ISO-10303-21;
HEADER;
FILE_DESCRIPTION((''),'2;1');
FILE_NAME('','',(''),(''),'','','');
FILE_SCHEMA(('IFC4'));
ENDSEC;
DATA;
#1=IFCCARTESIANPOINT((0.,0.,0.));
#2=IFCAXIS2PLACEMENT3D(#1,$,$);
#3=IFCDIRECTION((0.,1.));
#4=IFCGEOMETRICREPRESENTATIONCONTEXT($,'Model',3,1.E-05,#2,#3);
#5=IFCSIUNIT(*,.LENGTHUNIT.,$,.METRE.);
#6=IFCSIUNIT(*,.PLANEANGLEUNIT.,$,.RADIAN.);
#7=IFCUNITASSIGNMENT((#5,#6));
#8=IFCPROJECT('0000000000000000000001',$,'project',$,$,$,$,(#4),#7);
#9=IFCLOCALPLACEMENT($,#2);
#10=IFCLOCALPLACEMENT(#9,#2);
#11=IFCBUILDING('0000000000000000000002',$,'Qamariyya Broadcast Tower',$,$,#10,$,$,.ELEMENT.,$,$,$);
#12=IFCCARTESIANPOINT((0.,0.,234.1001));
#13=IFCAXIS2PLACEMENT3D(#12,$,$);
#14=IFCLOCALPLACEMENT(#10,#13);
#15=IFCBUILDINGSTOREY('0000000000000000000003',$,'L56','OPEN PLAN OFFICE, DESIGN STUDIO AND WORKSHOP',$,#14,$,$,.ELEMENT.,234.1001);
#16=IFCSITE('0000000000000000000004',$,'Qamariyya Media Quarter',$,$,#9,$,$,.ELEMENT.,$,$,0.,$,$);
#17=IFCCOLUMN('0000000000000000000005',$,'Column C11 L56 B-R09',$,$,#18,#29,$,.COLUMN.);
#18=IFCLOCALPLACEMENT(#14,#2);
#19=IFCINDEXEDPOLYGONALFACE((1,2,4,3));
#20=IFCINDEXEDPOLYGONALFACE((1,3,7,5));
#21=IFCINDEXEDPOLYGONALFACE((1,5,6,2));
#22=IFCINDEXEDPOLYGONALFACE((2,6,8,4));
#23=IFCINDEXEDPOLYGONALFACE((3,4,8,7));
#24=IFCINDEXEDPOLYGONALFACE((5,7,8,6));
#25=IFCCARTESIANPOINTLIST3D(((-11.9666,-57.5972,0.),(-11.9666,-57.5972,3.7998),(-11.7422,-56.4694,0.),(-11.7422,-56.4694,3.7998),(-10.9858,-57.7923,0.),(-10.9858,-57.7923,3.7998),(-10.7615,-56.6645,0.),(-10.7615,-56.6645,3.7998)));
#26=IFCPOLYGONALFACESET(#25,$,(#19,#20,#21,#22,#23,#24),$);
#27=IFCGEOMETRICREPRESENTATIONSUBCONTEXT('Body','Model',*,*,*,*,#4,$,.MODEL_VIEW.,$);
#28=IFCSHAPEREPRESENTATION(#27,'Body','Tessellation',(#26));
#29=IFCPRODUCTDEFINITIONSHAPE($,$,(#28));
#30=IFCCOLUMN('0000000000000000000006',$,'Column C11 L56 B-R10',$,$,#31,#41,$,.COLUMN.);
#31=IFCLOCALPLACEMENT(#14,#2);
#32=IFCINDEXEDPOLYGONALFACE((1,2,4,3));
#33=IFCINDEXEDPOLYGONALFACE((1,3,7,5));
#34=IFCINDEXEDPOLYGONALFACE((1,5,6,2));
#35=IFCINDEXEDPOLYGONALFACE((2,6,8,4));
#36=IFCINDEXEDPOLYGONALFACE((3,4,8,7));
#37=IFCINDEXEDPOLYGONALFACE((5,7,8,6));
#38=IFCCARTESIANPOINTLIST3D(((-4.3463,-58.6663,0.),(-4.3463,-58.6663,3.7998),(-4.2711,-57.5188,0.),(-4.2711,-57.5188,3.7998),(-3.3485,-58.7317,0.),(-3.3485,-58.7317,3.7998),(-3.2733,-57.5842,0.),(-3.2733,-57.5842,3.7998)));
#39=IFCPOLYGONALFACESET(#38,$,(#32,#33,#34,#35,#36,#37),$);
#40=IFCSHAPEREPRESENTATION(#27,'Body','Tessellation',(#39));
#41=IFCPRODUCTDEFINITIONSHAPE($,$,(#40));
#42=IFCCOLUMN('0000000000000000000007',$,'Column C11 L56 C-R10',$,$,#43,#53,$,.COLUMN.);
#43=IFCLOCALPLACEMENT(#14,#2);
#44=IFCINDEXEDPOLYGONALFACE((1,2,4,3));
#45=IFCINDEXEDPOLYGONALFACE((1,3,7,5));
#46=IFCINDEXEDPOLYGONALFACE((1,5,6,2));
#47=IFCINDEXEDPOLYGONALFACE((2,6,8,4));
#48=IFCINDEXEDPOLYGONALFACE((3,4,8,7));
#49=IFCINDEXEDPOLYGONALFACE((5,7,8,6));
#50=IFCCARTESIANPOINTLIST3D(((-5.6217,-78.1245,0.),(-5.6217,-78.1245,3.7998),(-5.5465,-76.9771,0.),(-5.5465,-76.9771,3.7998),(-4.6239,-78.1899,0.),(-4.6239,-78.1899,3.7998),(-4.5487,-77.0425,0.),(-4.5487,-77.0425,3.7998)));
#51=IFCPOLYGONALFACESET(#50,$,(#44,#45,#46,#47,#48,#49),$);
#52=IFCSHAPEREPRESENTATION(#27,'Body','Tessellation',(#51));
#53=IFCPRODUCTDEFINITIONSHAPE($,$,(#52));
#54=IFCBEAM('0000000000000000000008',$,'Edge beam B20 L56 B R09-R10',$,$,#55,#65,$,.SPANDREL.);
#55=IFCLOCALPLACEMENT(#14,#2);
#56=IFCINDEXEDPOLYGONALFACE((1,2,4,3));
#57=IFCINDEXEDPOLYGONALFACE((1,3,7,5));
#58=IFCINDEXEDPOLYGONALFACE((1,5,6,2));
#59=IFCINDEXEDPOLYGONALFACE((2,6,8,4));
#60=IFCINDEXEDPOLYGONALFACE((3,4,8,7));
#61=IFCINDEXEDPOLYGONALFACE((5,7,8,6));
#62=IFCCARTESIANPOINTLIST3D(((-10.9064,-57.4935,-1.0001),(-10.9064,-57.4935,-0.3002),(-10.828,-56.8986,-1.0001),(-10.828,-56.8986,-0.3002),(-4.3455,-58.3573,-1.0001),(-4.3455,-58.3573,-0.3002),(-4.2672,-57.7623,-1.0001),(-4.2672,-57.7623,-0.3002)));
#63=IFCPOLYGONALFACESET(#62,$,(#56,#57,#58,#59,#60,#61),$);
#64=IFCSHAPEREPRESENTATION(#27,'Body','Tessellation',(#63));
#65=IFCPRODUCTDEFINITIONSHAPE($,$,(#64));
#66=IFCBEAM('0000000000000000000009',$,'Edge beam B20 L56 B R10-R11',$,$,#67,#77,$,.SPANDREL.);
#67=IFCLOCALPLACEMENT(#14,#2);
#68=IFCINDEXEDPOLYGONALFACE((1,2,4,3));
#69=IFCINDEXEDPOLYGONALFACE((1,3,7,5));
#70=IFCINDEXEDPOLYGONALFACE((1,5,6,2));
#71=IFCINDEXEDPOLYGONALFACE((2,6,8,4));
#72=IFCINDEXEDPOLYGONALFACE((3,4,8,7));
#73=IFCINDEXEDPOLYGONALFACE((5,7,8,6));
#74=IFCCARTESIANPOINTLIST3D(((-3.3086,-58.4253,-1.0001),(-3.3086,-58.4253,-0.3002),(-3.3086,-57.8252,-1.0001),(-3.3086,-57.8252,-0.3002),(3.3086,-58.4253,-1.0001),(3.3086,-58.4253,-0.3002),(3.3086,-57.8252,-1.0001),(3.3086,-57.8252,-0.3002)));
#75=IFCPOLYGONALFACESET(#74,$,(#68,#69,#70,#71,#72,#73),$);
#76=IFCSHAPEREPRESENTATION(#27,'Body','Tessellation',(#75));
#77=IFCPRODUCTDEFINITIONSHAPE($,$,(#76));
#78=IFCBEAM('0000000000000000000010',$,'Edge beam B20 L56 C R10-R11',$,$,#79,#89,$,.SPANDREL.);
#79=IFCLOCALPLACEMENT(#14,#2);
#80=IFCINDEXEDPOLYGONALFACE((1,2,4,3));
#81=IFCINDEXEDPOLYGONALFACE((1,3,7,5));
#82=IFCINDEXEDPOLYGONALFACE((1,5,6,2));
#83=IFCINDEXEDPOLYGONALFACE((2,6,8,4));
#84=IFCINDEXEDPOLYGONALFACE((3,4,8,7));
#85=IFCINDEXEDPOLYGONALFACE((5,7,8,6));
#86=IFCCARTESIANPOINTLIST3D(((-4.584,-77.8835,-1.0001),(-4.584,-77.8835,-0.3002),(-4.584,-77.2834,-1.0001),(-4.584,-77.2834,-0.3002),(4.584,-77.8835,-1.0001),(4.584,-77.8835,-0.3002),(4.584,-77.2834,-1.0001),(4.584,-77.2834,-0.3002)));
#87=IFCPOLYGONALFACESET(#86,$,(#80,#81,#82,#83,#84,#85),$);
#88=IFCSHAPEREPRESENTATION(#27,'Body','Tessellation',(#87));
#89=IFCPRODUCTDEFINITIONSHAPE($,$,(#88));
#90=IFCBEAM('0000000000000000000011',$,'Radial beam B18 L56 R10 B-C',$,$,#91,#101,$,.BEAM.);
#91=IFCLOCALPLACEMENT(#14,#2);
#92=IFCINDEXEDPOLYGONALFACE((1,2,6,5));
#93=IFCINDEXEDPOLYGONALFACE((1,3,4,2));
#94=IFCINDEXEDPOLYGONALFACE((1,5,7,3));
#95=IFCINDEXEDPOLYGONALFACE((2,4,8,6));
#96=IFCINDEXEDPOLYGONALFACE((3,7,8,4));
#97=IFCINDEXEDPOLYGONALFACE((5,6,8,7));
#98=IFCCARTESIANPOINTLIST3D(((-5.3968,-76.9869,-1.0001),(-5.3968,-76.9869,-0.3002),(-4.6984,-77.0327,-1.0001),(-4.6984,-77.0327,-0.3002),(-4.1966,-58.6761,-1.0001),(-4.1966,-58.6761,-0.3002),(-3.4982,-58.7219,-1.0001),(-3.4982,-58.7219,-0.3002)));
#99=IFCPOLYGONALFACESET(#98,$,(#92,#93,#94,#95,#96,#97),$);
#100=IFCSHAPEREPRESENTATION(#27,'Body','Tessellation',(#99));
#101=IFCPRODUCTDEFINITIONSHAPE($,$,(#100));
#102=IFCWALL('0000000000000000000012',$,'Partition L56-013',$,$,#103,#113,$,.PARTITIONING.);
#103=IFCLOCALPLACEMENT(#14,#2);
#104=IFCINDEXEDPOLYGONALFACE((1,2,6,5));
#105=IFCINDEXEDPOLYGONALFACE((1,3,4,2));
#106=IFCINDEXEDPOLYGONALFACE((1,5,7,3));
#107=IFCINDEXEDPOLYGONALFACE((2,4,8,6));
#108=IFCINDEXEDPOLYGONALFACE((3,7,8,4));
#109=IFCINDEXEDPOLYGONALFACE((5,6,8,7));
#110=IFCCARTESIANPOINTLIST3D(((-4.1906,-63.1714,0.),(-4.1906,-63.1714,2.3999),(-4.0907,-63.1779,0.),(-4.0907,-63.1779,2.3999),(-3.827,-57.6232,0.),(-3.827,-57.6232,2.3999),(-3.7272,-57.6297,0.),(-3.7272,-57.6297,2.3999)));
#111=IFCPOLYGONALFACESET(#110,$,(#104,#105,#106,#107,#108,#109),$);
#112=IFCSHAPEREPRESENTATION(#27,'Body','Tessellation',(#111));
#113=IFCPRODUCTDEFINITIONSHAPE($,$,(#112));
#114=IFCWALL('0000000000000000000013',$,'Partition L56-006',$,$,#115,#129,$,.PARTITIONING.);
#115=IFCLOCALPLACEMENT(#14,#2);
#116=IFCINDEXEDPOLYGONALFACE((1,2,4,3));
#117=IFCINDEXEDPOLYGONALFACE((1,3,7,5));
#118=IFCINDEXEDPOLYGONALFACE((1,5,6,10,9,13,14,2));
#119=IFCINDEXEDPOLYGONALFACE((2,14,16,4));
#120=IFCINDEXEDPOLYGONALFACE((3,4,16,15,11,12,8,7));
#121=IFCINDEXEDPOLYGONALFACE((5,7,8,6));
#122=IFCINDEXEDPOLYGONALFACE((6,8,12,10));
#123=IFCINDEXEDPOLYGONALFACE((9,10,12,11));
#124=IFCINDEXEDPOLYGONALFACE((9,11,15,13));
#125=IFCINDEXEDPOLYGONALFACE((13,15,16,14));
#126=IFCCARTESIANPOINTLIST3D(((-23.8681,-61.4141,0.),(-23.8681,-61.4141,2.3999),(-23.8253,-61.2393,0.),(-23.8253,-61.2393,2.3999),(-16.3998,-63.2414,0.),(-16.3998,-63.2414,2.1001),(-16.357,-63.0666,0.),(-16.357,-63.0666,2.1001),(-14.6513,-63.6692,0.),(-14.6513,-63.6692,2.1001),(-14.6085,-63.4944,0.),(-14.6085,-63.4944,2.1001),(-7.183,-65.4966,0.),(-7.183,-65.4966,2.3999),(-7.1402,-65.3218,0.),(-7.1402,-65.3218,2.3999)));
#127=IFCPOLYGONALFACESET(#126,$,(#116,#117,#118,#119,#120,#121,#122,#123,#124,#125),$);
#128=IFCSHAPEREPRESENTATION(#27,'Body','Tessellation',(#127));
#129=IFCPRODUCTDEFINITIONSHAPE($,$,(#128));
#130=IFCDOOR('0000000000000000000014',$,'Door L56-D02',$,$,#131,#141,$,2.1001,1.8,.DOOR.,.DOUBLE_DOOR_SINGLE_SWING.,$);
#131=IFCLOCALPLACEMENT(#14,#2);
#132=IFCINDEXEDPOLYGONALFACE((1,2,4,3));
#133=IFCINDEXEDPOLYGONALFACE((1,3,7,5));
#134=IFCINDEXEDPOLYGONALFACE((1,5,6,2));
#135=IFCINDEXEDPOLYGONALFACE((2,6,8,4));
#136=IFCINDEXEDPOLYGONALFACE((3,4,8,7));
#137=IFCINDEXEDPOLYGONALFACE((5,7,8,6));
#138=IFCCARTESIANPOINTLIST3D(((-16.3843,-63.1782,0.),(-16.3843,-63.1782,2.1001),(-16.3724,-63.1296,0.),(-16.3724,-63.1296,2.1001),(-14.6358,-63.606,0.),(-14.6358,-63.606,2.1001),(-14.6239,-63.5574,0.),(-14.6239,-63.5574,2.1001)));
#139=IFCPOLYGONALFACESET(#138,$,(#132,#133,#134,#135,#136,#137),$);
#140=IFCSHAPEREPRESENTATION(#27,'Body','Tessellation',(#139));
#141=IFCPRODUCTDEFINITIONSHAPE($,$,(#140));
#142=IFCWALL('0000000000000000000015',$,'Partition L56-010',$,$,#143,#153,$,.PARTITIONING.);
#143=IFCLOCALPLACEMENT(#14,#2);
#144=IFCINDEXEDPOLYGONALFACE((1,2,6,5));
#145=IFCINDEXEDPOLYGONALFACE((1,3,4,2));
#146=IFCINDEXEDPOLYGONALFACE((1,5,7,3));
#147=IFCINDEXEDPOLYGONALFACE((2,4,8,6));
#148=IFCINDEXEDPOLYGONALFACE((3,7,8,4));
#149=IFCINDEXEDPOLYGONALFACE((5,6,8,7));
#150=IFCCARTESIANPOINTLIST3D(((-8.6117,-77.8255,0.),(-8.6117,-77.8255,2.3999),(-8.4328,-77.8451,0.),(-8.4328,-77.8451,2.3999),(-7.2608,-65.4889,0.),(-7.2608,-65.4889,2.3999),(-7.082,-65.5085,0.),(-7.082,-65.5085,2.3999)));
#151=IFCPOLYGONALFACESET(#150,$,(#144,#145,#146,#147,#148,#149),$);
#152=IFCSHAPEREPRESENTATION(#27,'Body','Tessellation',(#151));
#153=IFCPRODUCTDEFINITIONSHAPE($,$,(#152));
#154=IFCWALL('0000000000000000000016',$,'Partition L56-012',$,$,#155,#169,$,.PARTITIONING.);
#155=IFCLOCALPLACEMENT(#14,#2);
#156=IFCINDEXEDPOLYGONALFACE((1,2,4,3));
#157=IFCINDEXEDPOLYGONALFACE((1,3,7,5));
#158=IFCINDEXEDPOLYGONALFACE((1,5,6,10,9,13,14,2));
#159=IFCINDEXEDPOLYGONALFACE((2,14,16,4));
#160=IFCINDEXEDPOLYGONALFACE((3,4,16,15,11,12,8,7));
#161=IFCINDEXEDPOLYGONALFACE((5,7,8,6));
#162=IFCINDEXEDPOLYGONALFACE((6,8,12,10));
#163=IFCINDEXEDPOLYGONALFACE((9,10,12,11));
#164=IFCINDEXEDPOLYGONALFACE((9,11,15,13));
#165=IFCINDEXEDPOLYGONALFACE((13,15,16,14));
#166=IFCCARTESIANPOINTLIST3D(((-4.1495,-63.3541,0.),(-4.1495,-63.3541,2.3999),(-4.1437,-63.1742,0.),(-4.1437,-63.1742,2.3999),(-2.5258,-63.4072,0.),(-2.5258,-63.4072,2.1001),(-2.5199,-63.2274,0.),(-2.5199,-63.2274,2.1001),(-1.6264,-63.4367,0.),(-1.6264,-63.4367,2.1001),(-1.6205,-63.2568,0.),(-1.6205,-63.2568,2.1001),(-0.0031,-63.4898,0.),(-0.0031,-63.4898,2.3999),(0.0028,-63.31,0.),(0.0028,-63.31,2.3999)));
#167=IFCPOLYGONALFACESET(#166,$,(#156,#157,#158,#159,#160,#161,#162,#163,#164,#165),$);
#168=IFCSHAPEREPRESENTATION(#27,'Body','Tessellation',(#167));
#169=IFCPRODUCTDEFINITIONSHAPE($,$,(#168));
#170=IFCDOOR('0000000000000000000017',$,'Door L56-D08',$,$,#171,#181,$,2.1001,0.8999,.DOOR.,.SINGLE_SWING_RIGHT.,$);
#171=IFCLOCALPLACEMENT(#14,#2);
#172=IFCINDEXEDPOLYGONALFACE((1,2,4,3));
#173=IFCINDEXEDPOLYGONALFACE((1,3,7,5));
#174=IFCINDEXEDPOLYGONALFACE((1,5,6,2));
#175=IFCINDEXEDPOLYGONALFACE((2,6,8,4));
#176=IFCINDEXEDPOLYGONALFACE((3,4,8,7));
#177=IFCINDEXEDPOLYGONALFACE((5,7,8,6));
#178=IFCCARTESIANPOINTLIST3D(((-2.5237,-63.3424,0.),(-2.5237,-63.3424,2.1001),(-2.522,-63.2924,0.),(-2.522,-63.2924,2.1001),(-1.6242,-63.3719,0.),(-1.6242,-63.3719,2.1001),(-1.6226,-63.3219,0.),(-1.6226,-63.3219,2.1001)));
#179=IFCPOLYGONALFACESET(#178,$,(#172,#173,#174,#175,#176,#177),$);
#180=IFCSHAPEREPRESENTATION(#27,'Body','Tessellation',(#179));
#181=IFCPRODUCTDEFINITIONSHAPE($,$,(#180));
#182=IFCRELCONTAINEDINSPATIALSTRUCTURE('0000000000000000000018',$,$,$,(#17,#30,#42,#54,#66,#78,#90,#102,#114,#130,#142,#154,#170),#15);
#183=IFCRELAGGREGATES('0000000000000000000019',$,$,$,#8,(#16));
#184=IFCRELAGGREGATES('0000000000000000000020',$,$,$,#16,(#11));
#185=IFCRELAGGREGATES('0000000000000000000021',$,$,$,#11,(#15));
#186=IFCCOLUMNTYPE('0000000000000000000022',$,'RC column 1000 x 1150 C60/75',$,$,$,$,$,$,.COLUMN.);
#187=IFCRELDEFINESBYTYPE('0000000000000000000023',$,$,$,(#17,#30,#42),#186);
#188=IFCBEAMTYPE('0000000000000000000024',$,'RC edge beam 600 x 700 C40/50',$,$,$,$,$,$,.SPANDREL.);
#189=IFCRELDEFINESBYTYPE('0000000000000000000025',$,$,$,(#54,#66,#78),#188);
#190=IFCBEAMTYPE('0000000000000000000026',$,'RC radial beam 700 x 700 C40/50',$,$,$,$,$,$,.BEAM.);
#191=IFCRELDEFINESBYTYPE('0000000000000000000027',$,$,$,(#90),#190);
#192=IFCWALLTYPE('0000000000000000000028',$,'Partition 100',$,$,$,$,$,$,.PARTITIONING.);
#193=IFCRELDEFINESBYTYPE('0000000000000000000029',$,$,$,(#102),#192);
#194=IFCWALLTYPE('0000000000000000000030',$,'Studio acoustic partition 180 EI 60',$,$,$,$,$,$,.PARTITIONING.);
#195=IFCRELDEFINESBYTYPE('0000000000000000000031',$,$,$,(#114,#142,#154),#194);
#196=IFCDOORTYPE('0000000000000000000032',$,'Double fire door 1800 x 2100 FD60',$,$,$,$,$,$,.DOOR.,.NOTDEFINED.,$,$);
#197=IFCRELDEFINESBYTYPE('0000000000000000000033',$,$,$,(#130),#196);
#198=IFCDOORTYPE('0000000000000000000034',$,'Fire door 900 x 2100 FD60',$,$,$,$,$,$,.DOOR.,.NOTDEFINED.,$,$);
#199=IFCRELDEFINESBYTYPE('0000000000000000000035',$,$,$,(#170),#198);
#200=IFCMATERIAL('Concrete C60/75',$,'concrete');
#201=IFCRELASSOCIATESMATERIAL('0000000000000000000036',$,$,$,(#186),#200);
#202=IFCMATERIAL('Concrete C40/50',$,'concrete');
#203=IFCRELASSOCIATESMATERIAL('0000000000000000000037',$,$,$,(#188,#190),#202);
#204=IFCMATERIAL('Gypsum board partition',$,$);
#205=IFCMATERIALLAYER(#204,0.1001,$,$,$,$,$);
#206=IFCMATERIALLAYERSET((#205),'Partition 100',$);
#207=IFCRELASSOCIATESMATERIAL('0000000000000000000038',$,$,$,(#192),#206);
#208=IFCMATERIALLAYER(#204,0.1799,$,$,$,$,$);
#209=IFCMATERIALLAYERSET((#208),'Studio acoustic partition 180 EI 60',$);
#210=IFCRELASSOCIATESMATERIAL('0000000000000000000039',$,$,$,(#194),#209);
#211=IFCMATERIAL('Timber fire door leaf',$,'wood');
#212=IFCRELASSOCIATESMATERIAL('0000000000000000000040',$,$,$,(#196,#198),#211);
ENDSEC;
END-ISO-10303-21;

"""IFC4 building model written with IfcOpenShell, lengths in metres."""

from ifc_helpers import new_model, si_unit, direction, frame, frame_2d, origin, origin_2d, place, context, subcontext, project, spatial, rectangle, extrude, material, layer, layer_set, material_profile, profile_set, type_object, element, fill, save


model = new_model("IFC4")

# Units and contexts
model_context = context("Model", 3, precision=1e-05, world=origin(), true_north=direction((0.0, 1.0)))
body_context = subcontext(model_context, "Body", "Model", "MODEL_VIEW")
ifc_project = project(units=[si_unit("LENGTHUNIT", "METRE"), si_unit("PLANEANGLEUNIT", "RADIAN")], contexts=[model_context])

# Site, building, storey
site_placement = place(None, origin())
site = spatial("IfcSite", under=ifc_project, at=site_placement, Name="Qamariyya Media Quarter", CompositionType="ELEMENT", RefElevation=0.0)
building_placement = place(site_placement, origin())
building = spatial("IfcBuilding", under=site, at=building_placement, Name="Qamariyya Broadcast Tower", CompositionType="ELEMENT")
storey_placement = place(building_placement, frame((0.0, 0.0, 234.1001)))
storey = spatial("IfcBuildingStorey", under=building, at=storey_placement, Name="L56", Description="OPEN PLAN OFFICE, DESIGN STUDIO AND WORKSHOP", CompositionType="ELEMENT", Elevation=234.1001)

# Columns
ifc_material_1 = material(Name="Concrete C60/75", Category="concrete")
ifc_material_profile_1 = material_profile(ifc_material_1, rectangle(XDim=1.0, YDim=1.1499, at=origin_2d()))
ifc_profile_set_1 = profile_set([ifc_material_profile_1], Name="Concrete C60/75")
column_type = type_object("IfcColumnType", Name="RC column 1000 x 1150 C60/75", PredefinedType="COLUMN", material=ifc_profile_set_1)
for number, where, z_axis, x_axis, name in (
    (1, (-11.364, -57.1309, 0.0), (0.0, 0.0, 1.0), (0.980785, -0.19509, 0.0), "Column C11 L56 B-R09"),
    (2, (-3.8098, -58.1252, 0.0), (0.0, 0.0, 1.0), (0.997859, -0.065403, 0.0), "Column C11 L56 B-R10"),
    (3, (-5.0852, -77.5835, 0.0), (0.0, 0.0, 1.0), (0.997859, -0.065403, 0.0), "Column C11 L56 C-R10"),
):
    element("IfcColumn", number, at=place(storey_placement, frame(where, z_axis=z_axis, x_axis=x_axis)), inside=storey, type_object=column_type, Name=name, PredefinedType="COLUMN", context=body_context, shape_type="SweptSolid", body=[
        extrude(rectangle(XDim=1.0, YDim=1.1499, at=origin_2d()), origin(), (0.0, 0.0, 1.0), 3.7998),
    ])

# Beams
ifc_material_2 = material(Name="Concrete C40/50", Category="concrete")
ifc_material_profile_2 = material_profile(ifc_material_2, rectangle(XDim=0.6001, YDim=0.7, at=origin_2d()))
ifc_profile_set_2 = profile_set([ifc_material_profile_2], Name="Concrete C40/50")
beam_type_1 = type_object("IfcBeamType", Name="RC edge beam 600 x 700 C40/50", PredefinedType="SPANDREL", material=ifc_profile_set_2)
beam_1_placement = place(storey_placement, frame((-10.8672, -57.196, -0.6501), z_axis=(0.991444, -0.13053, 0.0), x_axis=(0.13053, 0.991444, 0.0)))
element("IfcBeam", 4, at=beam_1_placement, inside=storey, type_object=beam_type_1, Name="Edge beam B20 L56 B R09-R10", PredefinedType="SPANDREL", context=body_context, shape_type="SweptSolid", body=[
    extrude(rectangle(XDim=0.6001, YDim=0.7, at=origin_2d()), origin(), (0.0, 0.0, 1.0), 6.6174),
])
beam_2_placement = place(storey_placement, frame((-3.3086, -58.1252, -0.6501), z_axis=(1.0, 0.0, 0.0), x_axis=(0.0, 1.0, 0.0)))
element("IfcBeam", 5, at=beam_2_placement, inside=storey, type_object=beam_type_1, Name="Edge beam B20 L56 B R10-R11", PredefinedType="SPANDREL", context=body_context, shape_type="SweptSolid", body=[
    extrude(rectangle(XDim=0.6001, YDim=0.7, at=origin_2d()), origin(), (0.0, 0.0, 1.0), 6.6172),
])
beam_3_placement = place(storey_placement, frame((-4.584, -77.5835, -0.6501), z_axis=(1.0, 0.0, 0.0), x_axis=(0.0, 1.0, 0.0)))
element("IfcBeam", 6, at=beam_3_placement, inside=storey, type_object=beam_type_1, Name="Edge beam B20 L56 C R10-R11", PredefinedType="SPANDREL", context=body_context, shape_type="SweptSolid", body=[
    extrude(rectangle(XDim=0.6001, YDim=0.7, at=origin_2d()), origin(), (0.0, 0.0, 1.0), 9.168),
])
ifc_material_profile_3 = material_profile(ifc_material_2, rectangle(XDim=0.7, YDim=0.7, at=origin_2d()))
ifc_profile_set_3 = profile_set([ifc_material_profile_3], Name="Concrete C40/50")
beam_type_2 = type_object("IfcBeamType", Name="RC radial beam 700 x 700 C40/50", PredefinedType="BEAM", material=ifc_profile_set_3)
beam_4_placement = place(storey_placement, frame((-3.8474, -58.699, -0.6501), z_axis=(-0.065405, -0.997859, 0.0), x_axis=(0.997859, -0.065405, 0.0)))
element("IfcBeam", 7, at=beam_4_placement, inside=storey, type_object=beam_type_2, Name="Radial beam B18 L56 R10 B-C", PredefinedType="BEAM", context=body_context, shape_type="SweptSolid", body=[
    extrude(rectangle(XDim=0.7, YDim=0.7, at=origin_2d()), origin(), (0.0, 0.0, 1.0), 18.3501),
])

# Wall
ifc_material_3 = material(Name="Gypsum board partition")
ifc_layer_1 = layer(ifc_material_3, 0.1001)
ifc_layer_set_1 = layer_set([ifc_layer_1], Name="Partition 100")
wall_type_1 = type_object("IfcWallType", Name="Partition 100", PredefinedType="PARTITIONING", material=ifc_layer_set_1)
wall_1_placement = place(storey_placement, frame((-3.7771, -57.6265, 0.0), z_axis=(0.0, 0.0, 1.0), x_axis=(-0.065382, -0.99786, 0.0)))
element("IfcWall", 8, at=wall_1_placement, inside=storey, type_object=wall_type_1, Name="Partition L56-013", PredefinedType="PARTITIONING", context=body_context, shape_type="SweptSolid", body=[
    extrude(rectangle(XDim=5.5601, YDim=0.1001, at=frame_2d((2.78, 0.0))), origin(), (0.0, 0.0, 1.0), 2.3999),
])

# Wall, opening, door
ifc_layer_2 = layer(ifc_material_3, 0.1799)
ifc_layer_set_2 = layer_set([ifc_layer_2], Name="Studio acoustic partition 180 EI 60")
wall_type_2 = type_object("IfcWallType", Name="Studio acoustic partition 180 EI 60", PredefinedType="PARTITIONING", material=ifc_layer_set_2)
wall_2_placement = place(storey_placement, frame((-7.1616, -65.4092, 0.0), z_axis=(0.0, 0.0, 1.0), x_axis=(-0.971346, 0.23767, 0.0)))
wall_2 = element("IfcWall", 9, at=wall_2_placement, inside=storey, type_object=wall_type_2, Name="Partition L56-006", PredefinedType="PARTITIONING", context=body_context, shape_type="SweptSolid", body=[
    extrude(rectangle(XDim=17.1772, YDim=0.1799, at=frame_2d((8.5886, 0.0))), origin(), (0.0, 0.0, 1.0), 2.3999),
])
opening_1_placement = place(wall_2_placement, frame((7.6887, 0.0, 0.0)))
opening_1 = element("IfcOpeningElement", 10, at=opening_1_placement, cuts=wall_2, PredefinedType="OPENING", context=body_context, shape_type="SweptSolid", body=[
    extrude(rectangle(XDim=1.8, YDim=2.1001, at=frame_2d((0.8999, 1.05))), frame((0.0, 0.0999, 0.0), z_axis=(0.0, -1.0, 0.0), x_axis=(1.0, 0.0, 0.0)), (0.0, 0.0, 1.0), 0.2),
])
ifc_material_4 = material(Name="Timber fire door leaf", Category="wood")
door_type_1 = type_object("IfcDoorType", Name="Double fire door 1800 x 2100 FD60", OperationType="NOTDEFINED", PredefinedType="DOOR", material=ifc_material_4)
door_1_placement = place(opening_1_placement, origin())
door_1 = element("IfcDoor", 11, at=door_1_placement, inside=storey, type_object=door_type_1, Name="Door L56-D02", OperationType="DOUBLE_DOOR_SINGLE_SWING", OverallHeight=2.1001, OverallWidth=1.8, PredefinedType="DOOR", context=body_context, shape_type="SweptSolid", body=[
    extrude(rectangle(XDim=1.8, YDim=2.1001, at=frame_2d((0.8999, 1.05))), frame((0.0, 0.0249, 0.0), z_axis=(0.0, -1.0, 0.0), x_axis=(1.0, 0.0, 0.0)), (0.0, 0.0, 1.0), 0.05),
])
fill(opening_1, door_1)

# Wall
wall_3_placement = place(storey_placement, frame((-8.5222, -77.8352, 0.0), z_axis=(0.0, 0.0, 1.0), x_axis=(0.108847, 0.994059, 0.0)))
element("IfcWall", 12, at=wall_3_placement, inside=storey, type_object=wall_type_2, Name="Partition L56-010", PredefinedType="PARTITIONING", context=body_context, shape_type="SweptSolid", body=[
    extrude(rectangle(XDim=12.4104, YDim=0.1799, at=frame_2d((6.2051, 0.0))), origin(), (0.0, 0.0, 1.0), 2.3999),
])

# Wall, opening, door
wall_4_placement = place(storey_placement, frame((-4.1465, -63.2642, 0.0), z_axis=(0.0, 0.0, 1.0), x_axis=(0.999465, -0.032719, 0.0)))
wall_4 = element("IfcWall", 13, at=wall_4_placement, inside=storey, type_object=wall_type_2, Name="Partition L56-012", PredefinedType="PARTITIONING", context=body_context, shape_type="SweptSolid", body=[
    extrude(rectangle(XDim=4.1487, YDim=0.1799, at=frame_2d((2.0742, 0.0))), origin(), (0.0, 0.0, 1.0), 2.3999),
])
opening_2_placement = place(wall_4_placement, frame((1.6245, 0.0, 0.0)))
opening_2 = element("IfcOpeningElement", 14, at=opening_2_placement, cuts=wall_4, PredefinedType="OPENING", context=body_context, shape_type="SweptSolid", body=[
    extrude(rectangle(XDim=0.8999, YDim=2.1001, at=frame_2d((0.45, 1.05))), frame((0.0, 0.0999, 0.0), z_axis=(0.0, -1.0, 0.0), x_axis=(1.0, 0.0, 0.0)), (0.0, 0.0, 1.0), 0.2),
])
door_type_2 = type_object("IfcDoorType", Name="Fire door 900 x 2100 FD60", OperationType="NOTDEFINED", PredefinedType="DOOR", material=ifc_material_4)
door_2_placement = place(opening_2_placement, origin())
door_2 = element("IfcDoor", 15, at=door_2_placement, inside=storey, type_object=door_type_2, Name="Door L56-D08", OperationType="SINGLE_SWING_RIGHT", OverallHeight=2.1001, OverallWidth=0.8999, PredefinedType="DOOR", context=body_context, shape_type="SweptSolid", body=[
    extrude(rectangle(XDim=0.8999, YDim=2.1001, at=frame_2d((0.45, 1.05))), frame((0.0, 0.0249, 0.0), z_axis=(0.0, -1.0, 0.0), x_axis=(1.0, 0.0, 0.0)), (0.0, 0.0, 1.0), 0.05),
])
fill(opening_2, door_2)

save(model, "model.ifc")
